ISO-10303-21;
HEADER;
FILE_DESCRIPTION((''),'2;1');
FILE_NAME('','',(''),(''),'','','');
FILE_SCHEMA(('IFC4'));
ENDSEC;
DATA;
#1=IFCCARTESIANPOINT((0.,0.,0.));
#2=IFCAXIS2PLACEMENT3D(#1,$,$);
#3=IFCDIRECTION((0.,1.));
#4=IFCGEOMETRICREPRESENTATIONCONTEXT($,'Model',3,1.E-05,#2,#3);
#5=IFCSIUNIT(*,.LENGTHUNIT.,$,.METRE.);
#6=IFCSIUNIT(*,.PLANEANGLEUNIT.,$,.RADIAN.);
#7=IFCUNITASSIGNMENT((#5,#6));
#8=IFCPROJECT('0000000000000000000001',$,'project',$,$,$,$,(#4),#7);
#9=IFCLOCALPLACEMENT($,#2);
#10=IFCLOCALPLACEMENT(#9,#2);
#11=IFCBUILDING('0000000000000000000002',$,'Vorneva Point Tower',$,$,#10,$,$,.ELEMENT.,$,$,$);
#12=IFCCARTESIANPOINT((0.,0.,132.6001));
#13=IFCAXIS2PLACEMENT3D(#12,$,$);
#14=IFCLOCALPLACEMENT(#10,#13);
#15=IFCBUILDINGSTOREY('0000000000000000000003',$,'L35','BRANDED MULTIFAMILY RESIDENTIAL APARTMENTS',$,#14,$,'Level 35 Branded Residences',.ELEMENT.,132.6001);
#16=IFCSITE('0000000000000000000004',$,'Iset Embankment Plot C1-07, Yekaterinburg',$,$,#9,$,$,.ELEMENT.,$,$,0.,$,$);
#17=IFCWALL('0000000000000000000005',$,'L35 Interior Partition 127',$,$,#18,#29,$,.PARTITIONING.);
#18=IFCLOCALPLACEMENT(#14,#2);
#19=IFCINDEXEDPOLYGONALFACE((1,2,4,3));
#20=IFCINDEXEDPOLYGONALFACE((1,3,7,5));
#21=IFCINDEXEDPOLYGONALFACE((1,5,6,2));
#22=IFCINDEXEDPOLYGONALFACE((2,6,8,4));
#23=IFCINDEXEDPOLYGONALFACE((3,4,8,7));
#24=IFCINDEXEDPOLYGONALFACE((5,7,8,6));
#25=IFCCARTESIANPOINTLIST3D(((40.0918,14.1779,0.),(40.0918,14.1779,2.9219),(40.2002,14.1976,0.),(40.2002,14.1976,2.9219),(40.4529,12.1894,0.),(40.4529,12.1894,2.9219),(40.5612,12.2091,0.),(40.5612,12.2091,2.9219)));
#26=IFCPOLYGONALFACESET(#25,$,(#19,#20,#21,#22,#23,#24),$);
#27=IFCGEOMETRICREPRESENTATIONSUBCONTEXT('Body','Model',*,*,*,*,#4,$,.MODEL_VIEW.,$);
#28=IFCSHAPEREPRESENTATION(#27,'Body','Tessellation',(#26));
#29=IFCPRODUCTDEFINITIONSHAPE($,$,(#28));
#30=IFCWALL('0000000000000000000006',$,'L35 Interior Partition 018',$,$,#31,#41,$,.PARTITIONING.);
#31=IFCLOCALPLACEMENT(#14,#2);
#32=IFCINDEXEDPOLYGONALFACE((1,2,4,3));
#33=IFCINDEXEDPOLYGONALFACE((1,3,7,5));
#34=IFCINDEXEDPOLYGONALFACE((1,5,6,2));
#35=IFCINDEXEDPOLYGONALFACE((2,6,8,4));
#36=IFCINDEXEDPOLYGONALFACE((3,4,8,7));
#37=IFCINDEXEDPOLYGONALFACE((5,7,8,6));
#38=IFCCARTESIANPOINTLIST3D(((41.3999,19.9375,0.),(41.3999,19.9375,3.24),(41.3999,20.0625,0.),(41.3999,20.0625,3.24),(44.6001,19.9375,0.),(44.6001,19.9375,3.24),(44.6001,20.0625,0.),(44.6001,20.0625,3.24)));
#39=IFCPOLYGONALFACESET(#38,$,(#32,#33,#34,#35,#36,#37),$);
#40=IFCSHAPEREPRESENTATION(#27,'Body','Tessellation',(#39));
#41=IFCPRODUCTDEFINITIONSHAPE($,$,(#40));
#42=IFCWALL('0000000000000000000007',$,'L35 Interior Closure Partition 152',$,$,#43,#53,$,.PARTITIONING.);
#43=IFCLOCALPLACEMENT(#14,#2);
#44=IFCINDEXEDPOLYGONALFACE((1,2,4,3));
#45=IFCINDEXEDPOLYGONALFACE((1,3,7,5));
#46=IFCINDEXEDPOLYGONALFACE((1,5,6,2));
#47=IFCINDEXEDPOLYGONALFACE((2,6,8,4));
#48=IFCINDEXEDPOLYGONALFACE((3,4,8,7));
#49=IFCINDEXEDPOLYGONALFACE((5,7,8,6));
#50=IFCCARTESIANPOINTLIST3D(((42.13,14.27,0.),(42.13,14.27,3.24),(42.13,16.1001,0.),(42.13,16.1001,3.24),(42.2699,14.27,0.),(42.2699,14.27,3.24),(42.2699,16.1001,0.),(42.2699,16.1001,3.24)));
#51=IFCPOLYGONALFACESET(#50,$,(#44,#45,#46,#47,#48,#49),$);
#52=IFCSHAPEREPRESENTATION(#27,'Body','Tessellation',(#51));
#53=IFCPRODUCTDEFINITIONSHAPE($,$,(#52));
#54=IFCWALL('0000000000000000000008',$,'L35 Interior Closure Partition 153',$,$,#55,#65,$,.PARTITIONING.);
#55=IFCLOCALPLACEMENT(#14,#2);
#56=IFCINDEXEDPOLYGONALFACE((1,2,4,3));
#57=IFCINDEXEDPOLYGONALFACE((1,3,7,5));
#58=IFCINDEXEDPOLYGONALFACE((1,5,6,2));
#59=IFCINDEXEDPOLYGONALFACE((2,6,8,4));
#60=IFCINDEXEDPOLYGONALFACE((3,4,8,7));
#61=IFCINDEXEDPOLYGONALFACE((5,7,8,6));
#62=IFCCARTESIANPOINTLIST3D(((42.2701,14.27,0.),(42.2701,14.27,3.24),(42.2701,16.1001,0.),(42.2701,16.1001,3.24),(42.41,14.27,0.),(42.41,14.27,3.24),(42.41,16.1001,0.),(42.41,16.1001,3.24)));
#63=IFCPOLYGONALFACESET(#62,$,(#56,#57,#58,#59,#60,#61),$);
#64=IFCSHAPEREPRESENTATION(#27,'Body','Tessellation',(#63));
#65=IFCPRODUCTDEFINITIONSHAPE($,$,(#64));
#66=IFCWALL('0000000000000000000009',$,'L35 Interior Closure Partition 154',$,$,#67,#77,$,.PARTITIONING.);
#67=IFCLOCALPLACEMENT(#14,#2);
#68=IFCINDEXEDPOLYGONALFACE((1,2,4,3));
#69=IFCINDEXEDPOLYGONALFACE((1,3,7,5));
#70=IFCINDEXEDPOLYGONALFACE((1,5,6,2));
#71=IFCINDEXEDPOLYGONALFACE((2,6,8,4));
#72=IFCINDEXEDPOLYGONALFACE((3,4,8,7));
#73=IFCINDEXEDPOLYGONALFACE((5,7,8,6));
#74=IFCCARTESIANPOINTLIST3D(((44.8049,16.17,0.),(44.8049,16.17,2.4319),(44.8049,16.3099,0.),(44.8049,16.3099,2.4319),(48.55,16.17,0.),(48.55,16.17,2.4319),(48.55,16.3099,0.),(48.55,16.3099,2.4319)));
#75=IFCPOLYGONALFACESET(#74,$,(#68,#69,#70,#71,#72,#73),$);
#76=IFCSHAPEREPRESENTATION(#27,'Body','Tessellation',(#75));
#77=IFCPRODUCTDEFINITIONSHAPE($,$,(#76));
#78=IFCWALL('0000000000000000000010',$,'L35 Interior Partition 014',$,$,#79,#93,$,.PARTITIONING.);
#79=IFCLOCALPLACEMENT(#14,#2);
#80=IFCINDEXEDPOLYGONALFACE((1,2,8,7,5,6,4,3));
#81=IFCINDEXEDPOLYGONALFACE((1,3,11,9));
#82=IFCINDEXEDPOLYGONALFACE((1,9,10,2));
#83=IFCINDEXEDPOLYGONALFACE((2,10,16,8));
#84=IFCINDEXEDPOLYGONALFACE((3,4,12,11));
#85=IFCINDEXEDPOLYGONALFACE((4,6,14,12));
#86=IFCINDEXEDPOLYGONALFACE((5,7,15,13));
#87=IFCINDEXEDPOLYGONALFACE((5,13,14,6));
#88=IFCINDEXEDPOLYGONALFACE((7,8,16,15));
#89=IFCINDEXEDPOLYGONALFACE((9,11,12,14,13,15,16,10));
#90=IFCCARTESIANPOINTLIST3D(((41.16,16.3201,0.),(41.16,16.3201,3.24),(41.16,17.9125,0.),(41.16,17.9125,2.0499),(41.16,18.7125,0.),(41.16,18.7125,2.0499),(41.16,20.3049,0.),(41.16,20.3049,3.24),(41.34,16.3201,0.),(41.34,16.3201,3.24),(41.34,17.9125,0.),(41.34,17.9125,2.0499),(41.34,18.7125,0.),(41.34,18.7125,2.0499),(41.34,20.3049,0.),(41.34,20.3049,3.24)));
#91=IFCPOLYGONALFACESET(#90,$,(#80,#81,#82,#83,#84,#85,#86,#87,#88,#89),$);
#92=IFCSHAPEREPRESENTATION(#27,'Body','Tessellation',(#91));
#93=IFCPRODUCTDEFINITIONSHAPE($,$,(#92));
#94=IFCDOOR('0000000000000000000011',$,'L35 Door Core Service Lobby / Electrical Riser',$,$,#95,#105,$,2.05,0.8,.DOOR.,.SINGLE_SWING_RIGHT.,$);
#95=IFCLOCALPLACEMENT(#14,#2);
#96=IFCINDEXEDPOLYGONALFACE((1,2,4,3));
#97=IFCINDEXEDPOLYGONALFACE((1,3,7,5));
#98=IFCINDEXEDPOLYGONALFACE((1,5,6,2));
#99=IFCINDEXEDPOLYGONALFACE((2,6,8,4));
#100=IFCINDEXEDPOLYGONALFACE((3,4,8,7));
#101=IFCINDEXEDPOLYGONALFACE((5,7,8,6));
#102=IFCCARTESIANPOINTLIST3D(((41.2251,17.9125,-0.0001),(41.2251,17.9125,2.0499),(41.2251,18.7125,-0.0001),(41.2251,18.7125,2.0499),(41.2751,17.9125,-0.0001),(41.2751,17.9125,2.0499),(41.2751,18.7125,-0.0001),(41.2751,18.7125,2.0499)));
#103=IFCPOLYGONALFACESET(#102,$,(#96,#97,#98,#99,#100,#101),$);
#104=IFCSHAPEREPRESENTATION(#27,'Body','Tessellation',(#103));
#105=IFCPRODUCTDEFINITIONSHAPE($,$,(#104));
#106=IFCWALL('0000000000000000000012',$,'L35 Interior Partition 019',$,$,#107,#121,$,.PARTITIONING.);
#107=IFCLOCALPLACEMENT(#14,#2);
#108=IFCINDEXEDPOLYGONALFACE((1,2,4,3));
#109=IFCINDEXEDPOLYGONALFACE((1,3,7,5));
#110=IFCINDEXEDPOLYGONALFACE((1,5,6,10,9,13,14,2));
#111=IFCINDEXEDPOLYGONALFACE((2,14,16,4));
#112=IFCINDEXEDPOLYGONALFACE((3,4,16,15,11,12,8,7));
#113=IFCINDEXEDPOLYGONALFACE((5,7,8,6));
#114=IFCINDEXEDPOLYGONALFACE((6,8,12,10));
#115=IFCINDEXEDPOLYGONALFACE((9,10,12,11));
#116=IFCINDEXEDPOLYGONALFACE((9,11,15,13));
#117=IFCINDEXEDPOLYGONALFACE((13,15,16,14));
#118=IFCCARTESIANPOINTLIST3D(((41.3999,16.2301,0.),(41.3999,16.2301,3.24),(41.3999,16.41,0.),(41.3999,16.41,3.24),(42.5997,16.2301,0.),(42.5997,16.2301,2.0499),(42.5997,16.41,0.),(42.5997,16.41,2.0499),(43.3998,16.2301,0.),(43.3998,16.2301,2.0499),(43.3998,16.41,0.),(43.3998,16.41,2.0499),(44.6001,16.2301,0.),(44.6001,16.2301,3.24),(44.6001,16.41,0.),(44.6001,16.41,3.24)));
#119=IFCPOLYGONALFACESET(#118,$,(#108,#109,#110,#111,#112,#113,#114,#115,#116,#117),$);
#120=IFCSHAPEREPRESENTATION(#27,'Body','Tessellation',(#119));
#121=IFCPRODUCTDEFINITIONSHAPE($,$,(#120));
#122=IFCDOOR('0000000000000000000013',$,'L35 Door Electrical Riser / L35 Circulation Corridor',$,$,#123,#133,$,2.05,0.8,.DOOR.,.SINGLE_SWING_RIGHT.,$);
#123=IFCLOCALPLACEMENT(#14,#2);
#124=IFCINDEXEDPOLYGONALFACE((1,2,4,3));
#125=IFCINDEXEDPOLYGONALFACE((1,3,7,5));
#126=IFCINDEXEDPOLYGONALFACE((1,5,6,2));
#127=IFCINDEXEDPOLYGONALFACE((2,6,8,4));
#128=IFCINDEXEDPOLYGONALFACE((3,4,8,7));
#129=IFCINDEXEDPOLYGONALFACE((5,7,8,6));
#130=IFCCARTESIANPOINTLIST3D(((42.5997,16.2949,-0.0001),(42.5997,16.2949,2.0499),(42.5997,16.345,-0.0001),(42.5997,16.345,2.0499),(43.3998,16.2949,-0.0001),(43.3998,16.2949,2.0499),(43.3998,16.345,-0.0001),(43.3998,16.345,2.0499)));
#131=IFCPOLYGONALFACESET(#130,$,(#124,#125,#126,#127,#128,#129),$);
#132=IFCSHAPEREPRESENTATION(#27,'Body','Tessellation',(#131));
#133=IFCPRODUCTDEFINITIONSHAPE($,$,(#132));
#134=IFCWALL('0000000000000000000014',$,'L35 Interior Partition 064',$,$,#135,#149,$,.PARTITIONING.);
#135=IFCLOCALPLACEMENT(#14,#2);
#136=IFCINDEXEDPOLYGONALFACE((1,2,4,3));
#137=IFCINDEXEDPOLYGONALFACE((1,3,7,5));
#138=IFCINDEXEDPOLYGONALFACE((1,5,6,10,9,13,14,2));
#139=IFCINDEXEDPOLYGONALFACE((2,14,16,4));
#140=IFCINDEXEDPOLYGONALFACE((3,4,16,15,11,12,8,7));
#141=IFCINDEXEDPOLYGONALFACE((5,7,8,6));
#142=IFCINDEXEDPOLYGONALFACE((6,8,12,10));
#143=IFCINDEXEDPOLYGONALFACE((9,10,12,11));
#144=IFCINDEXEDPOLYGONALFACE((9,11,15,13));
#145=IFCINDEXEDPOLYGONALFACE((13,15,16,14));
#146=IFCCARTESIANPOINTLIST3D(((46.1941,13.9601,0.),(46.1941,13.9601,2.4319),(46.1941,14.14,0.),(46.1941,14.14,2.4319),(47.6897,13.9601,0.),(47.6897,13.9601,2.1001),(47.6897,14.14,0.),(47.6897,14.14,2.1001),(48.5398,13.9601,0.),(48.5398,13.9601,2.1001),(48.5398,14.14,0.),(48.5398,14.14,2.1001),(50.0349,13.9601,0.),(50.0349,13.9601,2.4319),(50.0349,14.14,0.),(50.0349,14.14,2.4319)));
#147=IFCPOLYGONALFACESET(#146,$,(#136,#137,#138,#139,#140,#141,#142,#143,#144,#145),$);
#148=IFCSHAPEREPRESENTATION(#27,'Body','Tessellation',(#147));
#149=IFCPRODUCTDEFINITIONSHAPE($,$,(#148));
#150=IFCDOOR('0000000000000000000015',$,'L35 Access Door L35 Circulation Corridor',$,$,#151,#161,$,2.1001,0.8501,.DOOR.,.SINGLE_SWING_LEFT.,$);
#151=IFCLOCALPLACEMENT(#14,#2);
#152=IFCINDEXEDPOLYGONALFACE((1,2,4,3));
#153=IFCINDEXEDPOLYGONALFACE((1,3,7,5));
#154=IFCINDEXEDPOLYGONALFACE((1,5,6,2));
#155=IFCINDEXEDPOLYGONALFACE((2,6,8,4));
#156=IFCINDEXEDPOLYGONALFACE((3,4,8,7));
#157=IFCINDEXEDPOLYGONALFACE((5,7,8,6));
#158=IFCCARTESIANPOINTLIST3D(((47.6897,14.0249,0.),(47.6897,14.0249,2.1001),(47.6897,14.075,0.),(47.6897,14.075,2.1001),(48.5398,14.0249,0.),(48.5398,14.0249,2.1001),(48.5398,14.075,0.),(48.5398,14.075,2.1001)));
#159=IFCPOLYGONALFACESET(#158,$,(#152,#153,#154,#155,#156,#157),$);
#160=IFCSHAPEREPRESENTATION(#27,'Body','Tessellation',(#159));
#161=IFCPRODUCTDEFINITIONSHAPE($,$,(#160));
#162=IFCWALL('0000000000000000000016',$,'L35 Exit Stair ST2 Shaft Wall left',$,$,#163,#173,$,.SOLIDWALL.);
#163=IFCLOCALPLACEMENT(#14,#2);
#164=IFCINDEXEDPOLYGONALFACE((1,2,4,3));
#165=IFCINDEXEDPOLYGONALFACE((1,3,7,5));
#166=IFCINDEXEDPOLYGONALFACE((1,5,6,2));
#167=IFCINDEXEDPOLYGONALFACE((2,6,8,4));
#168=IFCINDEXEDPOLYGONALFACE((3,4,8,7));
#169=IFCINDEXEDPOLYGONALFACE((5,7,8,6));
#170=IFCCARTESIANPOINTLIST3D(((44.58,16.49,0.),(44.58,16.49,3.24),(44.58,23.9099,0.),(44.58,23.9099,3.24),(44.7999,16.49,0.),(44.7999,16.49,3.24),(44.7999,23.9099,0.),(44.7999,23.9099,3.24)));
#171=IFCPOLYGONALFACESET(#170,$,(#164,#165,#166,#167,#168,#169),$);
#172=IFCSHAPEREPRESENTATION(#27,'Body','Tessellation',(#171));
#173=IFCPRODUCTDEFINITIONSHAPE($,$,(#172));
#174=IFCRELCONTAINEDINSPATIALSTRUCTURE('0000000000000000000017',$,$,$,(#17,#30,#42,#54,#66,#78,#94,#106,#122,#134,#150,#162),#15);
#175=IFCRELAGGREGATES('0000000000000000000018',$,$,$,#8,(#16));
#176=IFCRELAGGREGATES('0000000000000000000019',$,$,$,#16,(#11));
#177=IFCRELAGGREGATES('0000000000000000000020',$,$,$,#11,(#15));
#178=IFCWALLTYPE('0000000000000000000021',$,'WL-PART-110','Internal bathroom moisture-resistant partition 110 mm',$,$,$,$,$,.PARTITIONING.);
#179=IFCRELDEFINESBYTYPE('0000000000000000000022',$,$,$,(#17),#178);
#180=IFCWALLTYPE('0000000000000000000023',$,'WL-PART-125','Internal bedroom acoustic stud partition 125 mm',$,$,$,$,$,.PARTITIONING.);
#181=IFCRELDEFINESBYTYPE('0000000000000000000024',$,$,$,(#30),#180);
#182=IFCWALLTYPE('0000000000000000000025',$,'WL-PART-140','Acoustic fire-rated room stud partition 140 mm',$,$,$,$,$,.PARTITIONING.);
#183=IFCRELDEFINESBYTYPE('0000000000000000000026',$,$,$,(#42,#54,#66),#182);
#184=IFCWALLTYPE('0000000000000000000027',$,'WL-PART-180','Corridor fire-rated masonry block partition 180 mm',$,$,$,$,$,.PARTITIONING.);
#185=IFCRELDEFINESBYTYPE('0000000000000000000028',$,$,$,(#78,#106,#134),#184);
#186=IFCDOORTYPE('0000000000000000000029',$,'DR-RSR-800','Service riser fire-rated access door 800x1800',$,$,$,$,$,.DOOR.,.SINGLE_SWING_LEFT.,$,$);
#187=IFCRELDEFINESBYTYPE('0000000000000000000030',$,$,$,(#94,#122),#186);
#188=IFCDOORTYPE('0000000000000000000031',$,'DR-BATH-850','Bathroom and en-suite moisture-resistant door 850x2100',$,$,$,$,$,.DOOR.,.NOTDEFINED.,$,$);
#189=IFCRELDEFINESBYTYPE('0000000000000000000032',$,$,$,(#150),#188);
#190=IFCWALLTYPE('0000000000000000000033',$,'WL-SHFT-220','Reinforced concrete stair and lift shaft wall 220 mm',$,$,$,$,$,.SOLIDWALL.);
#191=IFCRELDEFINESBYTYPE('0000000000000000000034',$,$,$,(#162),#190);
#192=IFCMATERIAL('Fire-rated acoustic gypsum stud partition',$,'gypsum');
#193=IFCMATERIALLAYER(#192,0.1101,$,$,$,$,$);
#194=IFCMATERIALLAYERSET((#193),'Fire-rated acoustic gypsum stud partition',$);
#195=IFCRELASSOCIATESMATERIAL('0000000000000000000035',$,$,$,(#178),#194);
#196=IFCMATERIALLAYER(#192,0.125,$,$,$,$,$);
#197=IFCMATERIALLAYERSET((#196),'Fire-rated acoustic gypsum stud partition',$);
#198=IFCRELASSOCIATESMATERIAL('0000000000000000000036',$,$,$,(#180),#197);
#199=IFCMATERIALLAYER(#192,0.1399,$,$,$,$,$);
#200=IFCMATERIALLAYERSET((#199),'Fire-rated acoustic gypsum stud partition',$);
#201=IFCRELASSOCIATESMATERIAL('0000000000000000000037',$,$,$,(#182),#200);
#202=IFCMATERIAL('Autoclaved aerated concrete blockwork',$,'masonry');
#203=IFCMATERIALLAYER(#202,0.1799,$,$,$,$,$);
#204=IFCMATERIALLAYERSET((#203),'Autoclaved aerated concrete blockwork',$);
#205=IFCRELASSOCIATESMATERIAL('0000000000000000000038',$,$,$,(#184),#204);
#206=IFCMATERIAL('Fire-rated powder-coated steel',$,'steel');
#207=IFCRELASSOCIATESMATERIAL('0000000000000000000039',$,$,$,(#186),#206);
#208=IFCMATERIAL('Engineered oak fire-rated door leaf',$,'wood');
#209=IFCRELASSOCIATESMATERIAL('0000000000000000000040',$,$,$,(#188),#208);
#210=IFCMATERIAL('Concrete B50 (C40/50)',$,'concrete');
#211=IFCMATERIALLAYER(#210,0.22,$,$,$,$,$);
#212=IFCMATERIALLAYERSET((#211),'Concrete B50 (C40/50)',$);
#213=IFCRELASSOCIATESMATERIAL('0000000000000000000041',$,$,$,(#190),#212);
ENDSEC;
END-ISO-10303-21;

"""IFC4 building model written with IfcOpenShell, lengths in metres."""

from ifc_helpers import new_model, si_unit, direction, frame, frame_2d, origin, place, context, subcontext, project, spatial, rectangle, extrude, material, layer, layer_set, type_object, element, fill, save


model = new_model("IFC4")

# Units and contexts
model_context = context("Model", 3, precision=1e-05, world=origin(), true_north=direction((0.0, 1.0)))
body_context = subcontext(model_context, "Body", "Model", "MODEL_VIEW")
ifc_project = project(units=[si_unit("LENGTHUNIT", "METRE"), si_unit("PLANEANGLEUNIT", "RADIAN")], contexts=[model_context])

# Site, building, storey
site_placement = place(None, origin())
site = spatial("IfcSite", under=ifc_project, at=site_placement, Name="Iset Embankment Plot C1-07, Yekaterinburg", CompositionType="ELEMENT", RefElevation=0.0)
building_placement = place(site_placement, origin())
building = spatial("IfcBuilding", under=site, at=building_placement, Name="Vorneva Point Tower", CompositionType="ELEMENT")
storey_placement = place(building_placement, frame((0.0, 0.0, 132.6001)))
storey = spatial("IfcBuildingStorey", under=building, at=storey_placement, Name="L35", Description="BRANDED MULTIFAMILY RESIDENTIAL APARTMENTS", LongName="Level 35 Branded Residences", CompositionType="ELEMENT", Elevation=132.6001)

# Walls
ifc_material_1 = material(Name="Fire-rated acoustic gypsum stud partition", Category="gypsum")
ifc_layer_1 = layer(ifc_material_1, 0.1101)
ifc_layer_set_1 = layer_set([ifc_layer_1], Name="Fire-rated acoustic gypsum stud partition")
wall_type_1 = type_object("IfcWallType", Name="WL-PART-110", Description="Internal bathroom moisture-resistant partition 110 mm", PredefinedType="PARTITIONING", material=ifc_layer_set_1)
wall_1_placement = place(storey_placement, frame((40.146, 14.1877, 0.0), z_axis=(0.0, 0.0, 1.0), x_axis=(0.178662, -0.98391, 0.0)))
element("IfcWall", 1, at=wall_1_placement, inside=storey, type_object=wall_type_1, Name="L35 Interior Partition 127", PredefinedType="PARTITIONING", context=body_context, shape_type="SweptSolid", body=[
    extrude(rectangle(XDim=2.021, YDim=0.1101, at=frame_2d((1.0105, 0.0))), origin(), (0.0, 0.0, 1.0), 2.9219),
])
ifc_layer_2 = layer(ifc_material_1, 0.125)
ifc_layer_set_2 = layer_set([ifc_layer_2], Name="Fire-rated acoustic gypsum stud partition")
wall_type_2 = type_object("IfcWallType", Name="WL-PART-125", Description="Internal bedroom acoustic stud partition 125 mm", PredefinedType="PARTITIONING", material=ifc_layer_set_2)
wall_2_placement = place(storey_placement, frame((44.6001, 20.0, 0.0), z_axis=(0.0, 0.0, 1.0), x_axis=(-1.0, 0.0, 0.0)))
element("IfcWall", 2, at=wall_2_placement, inside=storey, type_object=wall_type_2, Name="L35 Interior Partition 018", PredefinedType="PARTITIONING", context=body_context, shape_type="SweptSolid", body=[
    extrude(rectangle(XDim=3.2002, YDim=0.125, at=frame_2d((1.6001, 0.0))), origin(), (0.0, 0.0, 1.0), 3.24),
])
ifc_layer_3 = layer(ifc_material_1, 0.1399)
ifc_layer_set_3 = layer_set([ifc_layer_3], Name="Fire-rated acoustic gypsum stud partition")
wall_type_3 = type_object("IfcWallType", Name="WL-PART-140", Description="Acoustic fire-rated room stud partition 140 mm", PredefinedType="PARTITIONING", material=ifc_layer_set_3)
for number, where, z_axis, x_axis, name in (
    (3, (42.2, 16.1001, 0.0), (0.0, 0.0, 1.0), (0.0, -1.0, 0.0), "L35 Interior Closure Partition 152"),
    (4, (42.3401, 14.27, 0.0), (0.0, 0.0, 1.0), (0.0, 1.0, 0.0), "L35 Interior Closure Partition 153"),
):
    element("IfcWall", number, at=place(storey_placement, frame(where, z_axis=z_axis, x_axis=x_axis)), inside=storey, type_object=wall_type_3, Name=name, PredefinedType="PARTITIONING", context=body_context, shape_type="SweptSolid", body=[
        extrude(rectangle(XDim=1.8301, YDim=0.1399, at=frame_2d((0.915, 0.0))), origin(), (0.0, 0.0, 1.0), 3.24),
    ])
wall_3_placement = place(storey_placement, frame((44.8049, 16.24, 0.0), z_axis=(0.0, 0.0, 1.0), x_axis=(1.0, 0.0, 0.0)))
element("IfcWall", 5, at=wall_3_placement, inside=storey, type_object=wall_type_3, Name="L35 Interior Closure Partition 154", PredefinedType="PARTITIONING", context=body_context, shape_type="SweptSolid", body=[
    extrude(rectangle(XDim=3.7451, YDim=0.1399, at=frame_2d((1.8726, 0.0))), origin(), (0.0, 0.0, 1.0), 2.4319),
])

# Walls, openings, doors
ifc_material_2 = material(Name="Autoclaved aerated concrete blockwork", Category="masonry")
ifc_layer_4 = layer(ifc_material_2, 0.1799)
ifc_layer_set_4 = layer_set([ifc_layer_4], Name="Autoclaved aerated concrete blockwork")
wall_type_4 = type_object("IfcWallType", Name="WL-PART-180", Description="Corridor fire-rated masonry block partition 180 mm", PredefinedType="PARTITIONING", material=ifc_layer_set_4)
wall_4_placement = place(storey_placement, frame((41.25, 16.3201, 0.0), z_axis=(0.0, 0.0, 1.0), x_axis=(0.0, 1.0, 0.0)))
wall_4 = element("IfcWall", 6, at=wall_4_placement, inside=storey, type_object=wall_type_4, Name="L35 Interior Partition 014", PredefinedType="PARTITIONING", context=body_context, shape_type="SweptSolid", body=[
    extrude(rectangle(XDim=3.9849, YDim=0.1799, at=frame_2d((1.9924, 0.0))), origin(), (0.0, 0.0, 1.0), 3.24),
])
opening_1_placement = place(wall_4_placement, frame((1.5925, 0.0, 0.0)))
opening_1 = element("IfcOpeningElement", 7, at=opening_1_placement, cuts=wall_4, PredefinedType="OPENING", context=body_context, shape_type="SweptSolid", body=[
    extrude(rectangle(XDim=0.8, YDim=2.05, at=frame_2d((0.3999, 1.0249))), frame((0.0, 0.105, 0.0), z_axis=(0.0, -1.0, 0.0), x_axis=(1.0, 0.0, 0.0)), (0.0, 0.0, 1.0), 0.2097),
])
ifc_material_3 = material(Name="Fire-rated powder-coated steel", Category="steel")
door_type_1 = type_object("IfcDoorType", Name="DR-RSR-800", Description="Service riser fire-rated access door 800x1800", OperationType="SINGLE_SWING_LEFT", PredefinedType="DOOR", material=ifc_material_3)
door_1_placement = place(opening_1_placement, origin())
door_1 = element("IfcDoor", 8, at=door_1_placement, inside=storey, type_object=door_type_1, Name="L35 Door Core Service Lobby / Electrical Riser", OperationType="SINGLE_SWING_RIGHT", OverallHeight=2.05, OverallWidth=0.8, PredefinedType="DOOR", context=body_context, shape_type="SweptSolid", body=[
    extrude(rectangle(XDim=0.8, YDim=2.05, at=frame_2d((0.3999, 1.0249))), frame((0.0, 0.0249, 0.0), z_axis=(0.0, -1.0, 0.0), x_axis=(1.0, 0.0, 0.0)), (0.0, 0.0, 1.0), 0.05),
])
fill(opening_1, door_1)
wall_5_placement = place(storey_placement, frame((41.3999, 16.3201, 0.0), z_axis=(0.0, 0.0, 1.0), x_axis=(1.0, 0.0, 0.0)))
wall_5 = element("IfcWall", 9, at=wall_5_placement, inside=storey, type_object=wall_type_4, Name="L35 Interior Partition 019", PredefinedType="PARTITIONING", context=body_context, shape_type="SweptSolid", body=[
    extrude(rectangle(XDim=3.2002, YDim=0.1799, at=frame_2d((1.6001, 0.0))), origin(), (0.0, 0.0, 1.0), 3.24),
])
opening_2_placement = place(wall_5_placement, frame((1.2, 0.0, 0.0)))
opening_2 = element("IfcOpeningElement", 10, at=opening_2_placement, cuts=wall_5, PredefinedType="OPENING", context=body_context, shape_type="SweptSolid", body=[
    extrude(rectangle(XDim=0.8, YDim=2.05, at=frame_2d((0.3999, 1.0249))), frame((0.0, 0.105, 0.0), z_axis=(0.0, -1.0, 0.0), x_axis=(1.0, 0.0, 0.0)), (0.0, 0.0, 1.0), 0.2097),
])
door_2_placement = place(opening_2_placement, origin())
door_2 = element("IfcDoor", 11, at=door_2_placement, inside=storey, type_object=door_type_1, Name="L35 Door Electrical Riser / L35 Circulation Corridor", OperationType="SINGLE_SWING_RIGHT", OverallHeight=2.05, OverallWidth=0.8, PredefinedType="DOOR", context=body_context, shape_type="SweptSolid", body=[
    extrude(rectangle(XDim=0.8, YDim=2.05, at=frame_2d((0.3999, 1.0249))), frame((0.0, 0.0249, 0.0), z_axis=(0.0, -1.0, 0.0), x_axis=(1.0, 0.0, 0.0)), (0.0, 0.0, 1.0), 0.05),
])
fill(opening_2, door_2)
wall_6_placement = place(storey_placement, frame((46.1941, 14.05, 0.0), z_axis=(0.0, 0.0, 1.0), x_axis=(1.0, 0.0, 0.0)))
wall_6 = element("IfcWall", 12, at=wall_6_placement, inside=storey, type_object=wall_type_4, Name="L35 Interior Partition 064", PredefinedType="PARTITIONING", context=body_context, shape_type="SweptSolid", body=[
    extrude(rectangle(XDim=3.8408, YDim=0.1799, at=frame_2d((1.9204, 0.0))), origin(), (0.0, 0.0, 1.0), 2.4319),
])
opening_3_placement = place(wall_6_placement, frame((1.4956, 0.0, 0.0)))
opening_3 = element("IfcOpeningElement", 13, at=opening_3_placement, cuts=wall_6, PredefinedType="OPENING", context=body_context, shape_type="SweptSolid", body=[
    extrude(rectangle(XDim=0.8501, YDim=2.1001, at=frame_2d((0.425, 1.05))), frame((0.0, 0.105, 0.0), z_axis=(0.0, -1.0, 0.0), x_axis=(1.0, 0.0, 0.0)), (0.0, 0.0, 1.0), 0.2097),
])
ifc_material_4 = material(Name="Engineered oak fire-rated door leaf", Category="wood")
door_type_2 = type_object("IfcDoorType", Name="DR-BATH-850", Description="Bathroom and en-suite moisture-resistant door 850x2100", OperationType="NOTDEFINED", PredefinedType="DOOR", material=ifc_material_4)
door_3_placement = place(opening_3_placement, origin())
door_3 = element("IfcDoor", 14, at=door_3_placement, inside=storey, type_object=door_type_2, Name="L35 Access Door L35 Circulation Corridor", OperationType="SINGLE_SWING_LEFT", OverallHeight=2.1001, OverallWidth=0.8501, PredefinedType="DOOR", context=body_context, shape_type="SweptSolid", body=[
    extrude(rectangle(XDim=0.8501, YDim=2.1001, at=frame_2d((0.425, 1.05))), frame((0.0, 0.0249, 0.0), z_axis=(0.0, -1.0, 0.0), x_axis=(1.0, 0.0, 0.0)), (0.0, 0.0, 1.0), 0.05),
])
fill(opening_3, door_3)

# Wall
ifc_material_5 = material(Name="Concrete B50 (C40/50)", Category="concrete")
ifc_layer_5 = layer(ifc_material_5, 0.22)
ifc_layer_set_5 = layer_set([ifc_layer_5], Name="Concrete B50 (C40/50)")
wall_type_5 = type_object("IfcWallType", Name="WL-SHFT-220", Description="Reinforced concrete stair and lift shaft wall 220 mm", PredefinedType="SOLIDWALL", material=ifc_layer_set_5)
wall_7_placement = place(storey_placement, frame((44.6899, 16.49, 0.0), z_axis=(0.0, 0.0, 1.0), x_axis=(0.0, 1.0, 0.0)))
element("IfcWall", 15, at=wall_7_placement, inside=storey, type_object=wall_type_5, Name="L35 Exit Stair ST2 Shaft Wall left", PredefinedType="SOLIDWALL", context=body_context, shape_type="SweptSolid", body=[
    extrude(rectangle(XDim=7.4199, YDim=0.22, at=frame_2d((3.71, 0.0))), origin(), (0.0, 0.0, 1.0), 3.24),
])

save(model, "model.ifc")
